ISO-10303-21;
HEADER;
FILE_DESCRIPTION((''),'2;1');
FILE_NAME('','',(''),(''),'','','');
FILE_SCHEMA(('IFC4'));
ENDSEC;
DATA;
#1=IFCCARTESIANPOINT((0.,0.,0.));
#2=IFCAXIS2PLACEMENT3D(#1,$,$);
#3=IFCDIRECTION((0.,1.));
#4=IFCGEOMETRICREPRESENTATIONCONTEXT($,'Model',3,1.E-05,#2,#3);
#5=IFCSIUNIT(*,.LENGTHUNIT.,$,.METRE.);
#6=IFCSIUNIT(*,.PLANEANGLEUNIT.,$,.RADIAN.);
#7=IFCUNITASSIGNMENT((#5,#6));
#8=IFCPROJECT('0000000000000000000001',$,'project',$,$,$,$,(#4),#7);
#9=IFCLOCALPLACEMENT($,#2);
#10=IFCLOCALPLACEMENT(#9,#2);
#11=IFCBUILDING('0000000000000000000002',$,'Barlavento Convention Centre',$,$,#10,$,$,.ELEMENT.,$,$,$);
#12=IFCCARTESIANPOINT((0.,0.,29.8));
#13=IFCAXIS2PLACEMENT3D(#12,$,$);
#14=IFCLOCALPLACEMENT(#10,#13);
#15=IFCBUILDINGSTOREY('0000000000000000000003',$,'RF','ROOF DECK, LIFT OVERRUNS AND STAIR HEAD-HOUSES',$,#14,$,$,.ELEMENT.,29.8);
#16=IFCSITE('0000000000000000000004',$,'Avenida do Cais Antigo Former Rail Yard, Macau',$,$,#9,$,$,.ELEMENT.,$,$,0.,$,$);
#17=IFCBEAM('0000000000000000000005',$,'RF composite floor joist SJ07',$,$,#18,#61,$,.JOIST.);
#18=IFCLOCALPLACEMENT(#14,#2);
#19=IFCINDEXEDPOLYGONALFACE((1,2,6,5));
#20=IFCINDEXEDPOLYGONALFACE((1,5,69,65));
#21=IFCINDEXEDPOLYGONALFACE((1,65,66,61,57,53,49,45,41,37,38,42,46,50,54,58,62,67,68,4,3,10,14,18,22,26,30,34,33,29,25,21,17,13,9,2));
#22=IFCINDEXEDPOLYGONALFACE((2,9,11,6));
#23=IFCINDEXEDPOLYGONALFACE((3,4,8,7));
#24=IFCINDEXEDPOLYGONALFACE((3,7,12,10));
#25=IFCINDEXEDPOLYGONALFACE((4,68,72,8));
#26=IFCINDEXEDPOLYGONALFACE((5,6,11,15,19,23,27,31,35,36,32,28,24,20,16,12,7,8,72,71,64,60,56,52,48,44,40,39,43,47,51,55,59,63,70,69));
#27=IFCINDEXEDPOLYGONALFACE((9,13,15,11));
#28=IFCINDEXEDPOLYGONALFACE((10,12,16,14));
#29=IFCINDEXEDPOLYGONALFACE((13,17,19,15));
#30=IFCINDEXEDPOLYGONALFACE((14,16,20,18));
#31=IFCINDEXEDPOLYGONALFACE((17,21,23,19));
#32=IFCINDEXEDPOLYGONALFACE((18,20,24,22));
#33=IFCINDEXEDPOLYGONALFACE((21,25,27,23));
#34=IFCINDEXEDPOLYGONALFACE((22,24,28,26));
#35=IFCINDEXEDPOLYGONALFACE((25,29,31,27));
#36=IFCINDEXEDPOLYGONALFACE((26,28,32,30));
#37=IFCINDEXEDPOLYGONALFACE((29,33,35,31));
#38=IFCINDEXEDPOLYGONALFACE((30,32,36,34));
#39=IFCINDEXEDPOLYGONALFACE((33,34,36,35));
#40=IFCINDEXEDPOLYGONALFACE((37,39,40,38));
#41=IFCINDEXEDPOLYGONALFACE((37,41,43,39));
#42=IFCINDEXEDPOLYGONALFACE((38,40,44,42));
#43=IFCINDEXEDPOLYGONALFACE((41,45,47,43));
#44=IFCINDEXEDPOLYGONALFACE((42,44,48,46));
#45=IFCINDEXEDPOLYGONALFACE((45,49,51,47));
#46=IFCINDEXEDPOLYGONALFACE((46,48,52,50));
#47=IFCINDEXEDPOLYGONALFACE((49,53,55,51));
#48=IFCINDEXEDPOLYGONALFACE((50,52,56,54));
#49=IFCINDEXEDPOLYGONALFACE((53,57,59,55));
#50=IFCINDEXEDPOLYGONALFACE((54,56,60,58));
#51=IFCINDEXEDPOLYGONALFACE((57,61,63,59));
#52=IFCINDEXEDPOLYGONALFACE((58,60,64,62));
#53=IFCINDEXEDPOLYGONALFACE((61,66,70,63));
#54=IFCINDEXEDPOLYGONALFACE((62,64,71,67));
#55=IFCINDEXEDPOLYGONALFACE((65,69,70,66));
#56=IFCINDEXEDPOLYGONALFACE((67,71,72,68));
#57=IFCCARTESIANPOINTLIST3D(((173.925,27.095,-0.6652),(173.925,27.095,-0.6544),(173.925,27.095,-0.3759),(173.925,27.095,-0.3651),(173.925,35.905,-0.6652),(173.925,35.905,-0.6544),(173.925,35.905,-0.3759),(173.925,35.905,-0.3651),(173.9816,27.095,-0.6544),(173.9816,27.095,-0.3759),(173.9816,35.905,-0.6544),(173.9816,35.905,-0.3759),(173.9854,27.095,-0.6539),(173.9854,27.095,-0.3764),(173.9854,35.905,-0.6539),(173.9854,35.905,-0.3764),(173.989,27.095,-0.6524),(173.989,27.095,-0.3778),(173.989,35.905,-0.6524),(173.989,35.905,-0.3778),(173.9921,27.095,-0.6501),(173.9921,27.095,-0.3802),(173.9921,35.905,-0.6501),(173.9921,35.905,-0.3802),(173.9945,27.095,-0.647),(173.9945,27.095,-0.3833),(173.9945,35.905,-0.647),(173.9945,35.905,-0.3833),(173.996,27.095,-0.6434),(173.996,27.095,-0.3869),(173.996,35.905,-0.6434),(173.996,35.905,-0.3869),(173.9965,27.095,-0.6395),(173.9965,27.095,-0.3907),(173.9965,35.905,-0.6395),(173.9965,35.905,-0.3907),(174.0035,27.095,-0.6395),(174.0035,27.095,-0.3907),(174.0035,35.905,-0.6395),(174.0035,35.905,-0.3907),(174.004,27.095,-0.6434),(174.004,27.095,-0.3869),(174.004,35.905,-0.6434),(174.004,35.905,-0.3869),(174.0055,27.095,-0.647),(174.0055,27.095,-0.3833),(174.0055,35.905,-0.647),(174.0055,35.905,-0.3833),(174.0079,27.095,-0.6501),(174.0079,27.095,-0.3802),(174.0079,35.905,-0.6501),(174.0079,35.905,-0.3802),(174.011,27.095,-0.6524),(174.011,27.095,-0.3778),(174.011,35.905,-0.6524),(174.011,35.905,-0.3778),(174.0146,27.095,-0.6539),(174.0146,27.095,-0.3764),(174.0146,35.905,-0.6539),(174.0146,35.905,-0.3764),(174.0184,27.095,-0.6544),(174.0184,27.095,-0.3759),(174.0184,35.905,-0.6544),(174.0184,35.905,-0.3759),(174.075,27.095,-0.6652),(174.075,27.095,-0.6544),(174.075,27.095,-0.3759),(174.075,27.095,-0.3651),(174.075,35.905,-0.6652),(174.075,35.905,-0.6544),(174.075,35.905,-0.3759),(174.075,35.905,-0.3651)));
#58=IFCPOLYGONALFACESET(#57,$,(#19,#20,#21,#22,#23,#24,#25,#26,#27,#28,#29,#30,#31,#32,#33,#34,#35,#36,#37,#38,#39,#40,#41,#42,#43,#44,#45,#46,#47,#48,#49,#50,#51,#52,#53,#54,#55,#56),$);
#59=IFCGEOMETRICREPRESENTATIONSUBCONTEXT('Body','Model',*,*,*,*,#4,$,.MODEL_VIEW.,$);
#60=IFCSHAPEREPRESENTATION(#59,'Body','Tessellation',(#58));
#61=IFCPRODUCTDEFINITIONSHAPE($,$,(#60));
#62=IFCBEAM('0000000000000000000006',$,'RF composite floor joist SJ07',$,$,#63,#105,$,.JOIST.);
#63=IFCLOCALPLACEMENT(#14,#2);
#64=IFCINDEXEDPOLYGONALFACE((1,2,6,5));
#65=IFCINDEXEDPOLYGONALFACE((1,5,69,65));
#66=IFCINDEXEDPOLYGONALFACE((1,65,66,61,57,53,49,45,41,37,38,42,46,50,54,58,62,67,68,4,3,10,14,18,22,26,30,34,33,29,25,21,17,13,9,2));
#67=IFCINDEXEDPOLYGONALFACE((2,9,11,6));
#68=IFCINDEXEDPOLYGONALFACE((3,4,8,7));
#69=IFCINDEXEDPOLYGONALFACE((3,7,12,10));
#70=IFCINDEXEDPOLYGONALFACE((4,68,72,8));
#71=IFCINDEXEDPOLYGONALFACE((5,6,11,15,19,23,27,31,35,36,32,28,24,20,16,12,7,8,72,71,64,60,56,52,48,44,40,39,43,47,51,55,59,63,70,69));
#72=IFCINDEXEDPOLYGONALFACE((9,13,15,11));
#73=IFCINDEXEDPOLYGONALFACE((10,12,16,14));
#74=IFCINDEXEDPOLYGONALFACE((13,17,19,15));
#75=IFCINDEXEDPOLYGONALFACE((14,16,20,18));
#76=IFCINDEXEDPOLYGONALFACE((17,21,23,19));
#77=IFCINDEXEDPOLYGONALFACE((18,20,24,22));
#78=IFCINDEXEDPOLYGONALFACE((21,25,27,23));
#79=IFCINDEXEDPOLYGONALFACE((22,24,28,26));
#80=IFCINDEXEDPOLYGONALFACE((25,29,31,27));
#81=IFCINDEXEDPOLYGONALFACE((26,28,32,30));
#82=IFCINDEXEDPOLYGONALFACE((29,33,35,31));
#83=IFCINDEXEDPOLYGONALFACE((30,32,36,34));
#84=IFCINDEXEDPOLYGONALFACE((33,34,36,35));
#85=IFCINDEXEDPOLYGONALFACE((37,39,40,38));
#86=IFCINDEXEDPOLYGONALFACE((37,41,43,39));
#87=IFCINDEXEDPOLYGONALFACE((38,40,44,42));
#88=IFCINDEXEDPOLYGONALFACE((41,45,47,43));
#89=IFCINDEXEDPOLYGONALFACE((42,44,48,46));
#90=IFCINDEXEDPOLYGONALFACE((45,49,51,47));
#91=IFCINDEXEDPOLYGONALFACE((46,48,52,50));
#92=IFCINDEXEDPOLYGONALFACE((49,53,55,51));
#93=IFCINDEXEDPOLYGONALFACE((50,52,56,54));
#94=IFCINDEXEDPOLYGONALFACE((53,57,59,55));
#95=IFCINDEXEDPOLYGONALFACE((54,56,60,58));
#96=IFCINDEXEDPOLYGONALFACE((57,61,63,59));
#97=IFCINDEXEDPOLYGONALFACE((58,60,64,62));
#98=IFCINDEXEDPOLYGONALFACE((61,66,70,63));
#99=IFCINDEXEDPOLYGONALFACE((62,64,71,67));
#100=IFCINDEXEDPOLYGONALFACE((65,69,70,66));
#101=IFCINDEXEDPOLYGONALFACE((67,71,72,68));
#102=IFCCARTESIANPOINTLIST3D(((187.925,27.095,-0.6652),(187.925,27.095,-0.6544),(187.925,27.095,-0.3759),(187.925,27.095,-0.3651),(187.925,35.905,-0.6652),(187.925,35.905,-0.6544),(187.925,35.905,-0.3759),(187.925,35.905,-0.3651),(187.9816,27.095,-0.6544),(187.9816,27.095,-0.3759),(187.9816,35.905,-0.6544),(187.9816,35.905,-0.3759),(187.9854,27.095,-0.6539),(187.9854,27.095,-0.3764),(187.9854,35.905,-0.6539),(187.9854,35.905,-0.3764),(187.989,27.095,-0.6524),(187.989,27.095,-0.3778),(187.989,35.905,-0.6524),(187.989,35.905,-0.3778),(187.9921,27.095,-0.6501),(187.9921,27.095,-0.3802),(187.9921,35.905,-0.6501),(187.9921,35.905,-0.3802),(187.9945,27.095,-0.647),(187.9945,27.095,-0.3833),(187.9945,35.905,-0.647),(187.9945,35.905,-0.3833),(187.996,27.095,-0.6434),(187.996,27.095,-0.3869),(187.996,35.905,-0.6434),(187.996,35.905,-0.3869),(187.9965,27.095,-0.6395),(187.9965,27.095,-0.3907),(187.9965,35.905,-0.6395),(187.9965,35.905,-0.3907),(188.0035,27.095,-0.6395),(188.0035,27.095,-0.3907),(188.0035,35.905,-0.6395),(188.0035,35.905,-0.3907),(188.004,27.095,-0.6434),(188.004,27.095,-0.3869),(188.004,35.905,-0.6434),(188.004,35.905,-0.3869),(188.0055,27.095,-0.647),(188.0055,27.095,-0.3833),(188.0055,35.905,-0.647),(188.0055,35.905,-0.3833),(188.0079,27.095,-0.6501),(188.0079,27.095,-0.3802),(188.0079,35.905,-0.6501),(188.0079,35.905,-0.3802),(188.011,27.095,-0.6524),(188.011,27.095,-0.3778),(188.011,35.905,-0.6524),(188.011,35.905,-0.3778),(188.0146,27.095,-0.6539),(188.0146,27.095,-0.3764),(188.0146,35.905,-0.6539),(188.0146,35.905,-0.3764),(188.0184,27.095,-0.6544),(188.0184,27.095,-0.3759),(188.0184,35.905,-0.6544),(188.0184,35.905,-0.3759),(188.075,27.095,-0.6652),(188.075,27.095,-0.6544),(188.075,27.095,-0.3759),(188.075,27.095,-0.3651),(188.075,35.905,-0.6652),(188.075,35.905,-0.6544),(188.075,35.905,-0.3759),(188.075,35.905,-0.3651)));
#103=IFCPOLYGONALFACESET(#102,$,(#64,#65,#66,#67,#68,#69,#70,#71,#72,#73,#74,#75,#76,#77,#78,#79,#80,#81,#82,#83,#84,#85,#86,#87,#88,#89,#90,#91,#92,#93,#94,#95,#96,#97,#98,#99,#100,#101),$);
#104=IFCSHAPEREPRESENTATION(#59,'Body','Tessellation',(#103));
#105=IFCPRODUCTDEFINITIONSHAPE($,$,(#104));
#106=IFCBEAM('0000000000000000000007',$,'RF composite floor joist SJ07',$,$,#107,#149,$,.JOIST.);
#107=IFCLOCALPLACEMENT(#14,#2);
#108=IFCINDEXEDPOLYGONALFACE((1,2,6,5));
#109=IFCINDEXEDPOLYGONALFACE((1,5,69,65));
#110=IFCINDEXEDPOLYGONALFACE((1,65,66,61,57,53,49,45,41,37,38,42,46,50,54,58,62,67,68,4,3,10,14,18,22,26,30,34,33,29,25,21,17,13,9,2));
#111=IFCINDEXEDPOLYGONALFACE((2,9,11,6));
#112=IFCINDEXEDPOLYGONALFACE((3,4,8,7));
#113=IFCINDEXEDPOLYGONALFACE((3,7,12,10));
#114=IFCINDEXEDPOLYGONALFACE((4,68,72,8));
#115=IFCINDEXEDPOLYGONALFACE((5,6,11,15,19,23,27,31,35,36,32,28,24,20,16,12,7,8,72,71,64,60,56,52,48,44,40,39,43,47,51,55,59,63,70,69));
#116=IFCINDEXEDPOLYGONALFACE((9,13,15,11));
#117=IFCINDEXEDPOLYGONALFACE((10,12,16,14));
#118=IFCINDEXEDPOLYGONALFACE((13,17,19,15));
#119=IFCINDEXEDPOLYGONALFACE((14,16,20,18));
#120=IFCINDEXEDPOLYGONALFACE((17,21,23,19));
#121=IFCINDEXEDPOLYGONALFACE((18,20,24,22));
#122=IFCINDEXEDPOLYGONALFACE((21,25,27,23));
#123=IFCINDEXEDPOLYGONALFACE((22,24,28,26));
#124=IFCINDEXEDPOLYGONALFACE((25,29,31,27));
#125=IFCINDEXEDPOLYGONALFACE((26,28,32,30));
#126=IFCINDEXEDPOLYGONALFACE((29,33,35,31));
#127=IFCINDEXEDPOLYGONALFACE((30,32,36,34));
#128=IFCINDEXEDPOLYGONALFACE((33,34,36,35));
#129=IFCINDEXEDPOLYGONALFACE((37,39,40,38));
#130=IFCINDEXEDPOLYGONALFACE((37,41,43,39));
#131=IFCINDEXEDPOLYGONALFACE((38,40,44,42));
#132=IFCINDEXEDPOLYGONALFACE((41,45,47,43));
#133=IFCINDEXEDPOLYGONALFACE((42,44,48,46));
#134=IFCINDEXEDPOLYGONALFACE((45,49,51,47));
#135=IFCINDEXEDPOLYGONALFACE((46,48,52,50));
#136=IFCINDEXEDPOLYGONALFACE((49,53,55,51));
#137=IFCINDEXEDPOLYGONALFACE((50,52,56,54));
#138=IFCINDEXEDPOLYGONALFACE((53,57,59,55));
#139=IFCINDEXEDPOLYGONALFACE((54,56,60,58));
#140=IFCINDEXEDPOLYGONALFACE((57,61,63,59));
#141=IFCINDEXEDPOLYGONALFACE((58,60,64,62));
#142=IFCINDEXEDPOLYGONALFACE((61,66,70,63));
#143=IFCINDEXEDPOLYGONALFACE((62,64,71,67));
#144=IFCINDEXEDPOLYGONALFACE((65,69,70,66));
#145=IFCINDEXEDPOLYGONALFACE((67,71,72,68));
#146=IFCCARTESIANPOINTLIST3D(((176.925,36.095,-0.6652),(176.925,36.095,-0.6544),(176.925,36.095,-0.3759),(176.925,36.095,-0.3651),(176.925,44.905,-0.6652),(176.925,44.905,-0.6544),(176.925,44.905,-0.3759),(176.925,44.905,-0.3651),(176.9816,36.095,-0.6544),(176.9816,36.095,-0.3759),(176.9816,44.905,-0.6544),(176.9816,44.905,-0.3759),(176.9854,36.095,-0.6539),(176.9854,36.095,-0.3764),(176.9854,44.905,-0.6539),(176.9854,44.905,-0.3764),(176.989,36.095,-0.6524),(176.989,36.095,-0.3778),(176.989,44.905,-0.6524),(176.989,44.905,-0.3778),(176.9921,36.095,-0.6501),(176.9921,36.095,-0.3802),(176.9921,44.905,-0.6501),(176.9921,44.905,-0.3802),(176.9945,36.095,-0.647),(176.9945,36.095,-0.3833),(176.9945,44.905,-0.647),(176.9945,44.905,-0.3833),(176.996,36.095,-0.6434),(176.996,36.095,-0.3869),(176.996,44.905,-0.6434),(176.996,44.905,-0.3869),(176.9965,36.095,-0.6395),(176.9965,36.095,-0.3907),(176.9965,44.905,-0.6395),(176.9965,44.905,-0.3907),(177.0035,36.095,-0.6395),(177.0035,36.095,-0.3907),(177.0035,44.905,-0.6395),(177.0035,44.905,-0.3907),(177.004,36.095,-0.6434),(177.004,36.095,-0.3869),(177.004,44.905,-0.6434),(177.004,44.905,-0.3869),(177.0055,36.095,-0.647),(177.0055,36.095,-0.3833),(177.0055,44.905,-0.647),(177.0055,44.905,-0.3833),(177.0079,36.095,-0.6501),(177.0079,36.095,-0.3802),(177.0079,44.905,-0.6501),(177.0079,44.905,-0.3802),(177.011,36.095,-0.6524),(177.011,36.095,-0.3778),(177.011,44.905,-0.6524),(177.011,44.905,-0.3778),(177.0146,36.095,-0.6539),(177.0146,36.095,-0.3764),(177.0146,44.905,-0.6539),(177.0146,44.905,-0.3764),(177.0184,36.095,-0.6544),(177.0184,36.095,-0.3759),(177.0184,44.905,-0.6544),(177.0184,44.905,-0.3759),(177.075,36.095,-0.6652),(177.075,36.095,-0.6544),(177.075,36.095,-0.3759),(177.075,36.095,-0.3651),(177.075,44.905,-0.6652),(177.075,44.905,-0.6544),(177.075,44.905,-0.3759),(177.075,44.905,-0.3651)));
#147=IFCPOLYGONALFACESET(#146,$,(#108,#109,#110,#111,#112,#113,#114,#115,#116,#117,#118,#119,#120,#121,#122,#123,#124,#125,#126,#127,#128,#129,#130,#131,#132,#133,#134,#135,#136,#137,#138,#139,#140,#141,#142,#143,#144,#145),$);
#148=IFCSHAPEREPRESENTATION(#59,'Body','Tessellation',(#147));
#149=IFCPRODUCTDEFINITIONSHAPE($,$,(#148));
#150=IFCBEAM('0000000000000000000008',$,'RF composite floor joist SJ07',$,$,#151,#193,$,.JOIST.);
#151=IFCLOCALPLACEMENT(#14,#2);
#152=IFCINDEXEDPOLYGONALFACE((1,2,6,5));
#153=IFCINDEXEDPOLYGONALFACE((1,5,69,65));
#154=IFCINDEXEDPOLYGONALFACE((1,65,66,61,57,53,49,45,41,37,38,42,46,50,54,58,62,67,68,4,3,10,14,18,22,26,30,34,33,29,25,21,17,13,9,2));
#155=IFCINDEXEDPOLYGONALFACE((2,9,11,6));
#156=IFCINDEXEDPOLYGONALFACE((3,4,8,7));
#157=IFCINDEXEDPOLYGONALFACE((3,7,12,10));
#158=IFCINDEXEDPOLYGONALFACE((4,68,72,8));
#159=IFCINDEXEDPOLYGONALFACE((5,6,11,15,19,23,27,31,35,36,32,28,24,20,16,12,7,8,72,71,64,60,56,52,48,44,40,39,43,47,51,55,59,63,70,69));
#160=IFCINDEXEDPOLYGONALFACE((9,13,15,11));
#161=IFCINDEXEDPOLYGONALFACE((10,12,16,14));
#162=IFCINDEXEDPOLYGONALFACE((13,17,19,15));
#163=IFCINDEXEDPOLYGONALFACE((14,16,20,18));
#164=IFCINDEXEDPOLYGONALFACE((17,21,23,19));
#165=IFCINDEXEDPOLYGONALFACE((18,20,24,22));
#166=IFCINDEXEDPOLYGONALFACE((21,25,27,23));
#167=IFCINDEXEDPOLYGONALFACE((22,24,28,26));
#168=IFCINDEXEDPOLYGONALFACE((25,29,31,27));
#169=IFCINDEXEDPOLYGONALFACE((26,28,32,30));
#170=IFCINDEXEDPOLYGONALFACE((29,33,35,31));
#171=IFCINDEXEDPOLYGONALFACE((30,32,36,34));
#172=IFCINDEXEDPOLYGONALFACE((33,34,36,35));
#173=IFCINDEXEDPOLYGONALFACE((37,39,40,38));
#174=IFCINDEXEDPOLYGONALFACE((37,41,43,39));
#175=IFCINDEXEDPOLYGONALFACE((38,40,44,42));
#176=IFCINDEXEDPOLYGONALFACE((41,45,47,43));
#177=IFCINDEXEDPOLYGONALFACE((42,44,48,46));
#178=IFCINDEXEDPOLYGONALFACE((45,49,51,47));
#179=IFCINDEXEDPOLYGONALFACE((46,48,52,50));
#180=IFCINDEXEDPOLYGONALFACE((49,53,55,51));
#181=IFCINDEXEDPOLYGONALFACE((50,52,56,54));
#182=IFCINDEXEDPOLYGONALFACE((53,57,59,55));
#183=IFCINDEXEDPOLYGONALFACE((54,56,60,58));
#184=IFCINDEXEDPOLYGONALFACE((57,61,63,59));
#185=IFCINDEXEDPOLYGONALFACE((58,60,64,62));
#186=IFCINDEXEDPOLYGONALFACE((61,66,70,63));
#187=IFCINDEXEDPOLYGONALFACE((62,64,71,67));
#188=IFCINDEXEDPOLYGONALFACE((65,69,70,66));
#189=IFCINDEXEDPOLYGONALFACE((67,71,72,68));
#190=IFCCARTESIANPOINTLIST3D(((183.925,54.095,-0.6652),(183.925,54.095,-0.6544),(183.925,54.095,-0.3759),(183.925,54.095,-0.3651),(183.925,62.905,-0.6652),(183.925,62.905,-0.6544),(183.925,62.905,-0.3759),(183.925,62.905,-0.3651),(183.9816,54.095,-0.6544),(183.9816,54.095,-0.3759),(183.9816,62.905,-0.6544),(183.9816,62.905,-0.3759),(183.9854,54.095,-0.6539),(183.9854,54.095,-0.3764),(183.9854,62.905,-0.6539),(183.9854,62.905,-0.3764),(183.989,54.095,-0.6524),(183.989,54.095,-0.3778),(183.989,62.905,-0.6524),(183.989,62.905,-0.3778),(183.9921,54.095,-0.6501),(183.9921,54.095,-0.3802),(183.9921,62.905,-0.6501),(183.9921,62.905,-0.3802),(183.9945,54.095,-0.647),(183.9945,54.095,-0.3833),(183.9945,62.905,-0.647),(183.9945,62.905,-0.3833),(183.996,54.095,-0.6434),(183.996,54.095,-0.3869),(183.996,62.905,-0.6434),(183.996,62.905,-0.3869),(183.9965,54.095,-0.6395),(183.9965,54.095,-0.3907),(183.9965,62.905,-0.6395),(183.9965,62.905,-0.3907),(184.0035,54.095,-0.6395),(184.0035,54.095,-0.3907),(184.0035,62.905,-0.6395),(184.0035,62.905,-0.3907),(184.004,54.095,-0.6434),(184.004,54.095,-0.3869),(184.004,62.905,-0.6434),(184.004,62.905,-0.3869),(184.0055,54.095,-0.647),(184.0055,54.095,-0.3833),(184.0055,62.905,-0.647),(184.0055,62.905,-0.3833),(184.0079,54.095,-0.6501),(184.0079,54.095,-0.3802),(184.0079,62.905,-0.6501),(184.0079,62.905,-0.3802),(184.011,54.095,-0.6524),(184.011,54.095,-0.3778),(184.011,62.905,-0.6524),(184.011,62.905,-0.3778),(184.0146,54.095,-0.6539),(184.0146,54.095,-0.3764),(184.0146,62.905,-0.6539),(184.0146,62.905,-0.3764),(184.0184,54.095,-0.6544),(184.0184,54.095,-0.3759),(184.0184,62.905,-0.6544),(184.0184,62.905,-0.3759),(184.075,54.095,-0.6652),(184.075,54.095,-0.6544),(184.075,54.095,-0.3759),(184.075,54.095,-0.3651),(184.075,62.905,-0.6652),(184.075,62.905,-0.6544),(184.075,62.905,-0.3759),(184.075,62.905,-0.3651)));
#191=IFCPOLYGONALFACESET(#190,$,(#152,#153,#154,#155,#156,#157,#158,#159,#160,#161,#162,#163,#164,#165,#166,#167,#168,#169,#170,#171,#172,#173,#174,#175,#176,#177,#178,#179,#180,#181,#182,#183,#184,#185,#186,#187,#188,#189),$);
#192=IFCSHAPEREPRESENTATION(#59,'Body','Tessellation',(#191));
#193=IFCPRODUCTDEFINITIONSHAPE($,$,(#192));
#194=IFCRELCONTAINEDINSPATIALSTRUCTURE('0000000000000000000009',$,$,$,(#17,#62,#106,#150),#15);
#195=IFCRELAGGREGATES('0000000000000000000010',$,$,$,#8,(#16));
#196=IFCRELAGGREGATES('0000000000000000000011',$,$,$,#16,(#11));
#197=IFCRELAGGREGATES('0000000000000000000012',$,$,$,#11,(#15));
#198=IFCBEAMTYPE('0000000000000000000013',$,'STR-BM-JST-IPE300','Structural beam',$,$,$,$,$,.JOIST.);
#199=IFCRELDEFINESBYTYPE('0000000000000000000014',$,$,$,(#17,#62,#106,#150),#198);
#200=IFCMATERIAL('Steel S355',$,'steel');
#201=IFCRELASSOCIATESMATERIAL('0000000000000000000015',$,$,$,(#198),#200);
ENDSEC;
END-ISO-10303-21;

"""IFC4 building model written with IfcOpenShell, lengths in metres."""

from ifc_helpers import new_model, si_unit, direction, frame, origin, origin_2d, place, context, subcontext, project, spatial, i_section, extrude, material, material_profile, profile_set, type_object, element, save


model = new_model("IFC4")

# Units and contexts
model_context = context("Model", 3, precision=1e-05, world=origin(), true_north=direction((0.0, 1.0)))
body_context = subcontext(model_context, "Body", "Model", "MODEL_VIEW")
ifc_project = project(units=[si_unit("LENGTHUNIT", "METRE"), si_unit("PLANEANGLEUNIT", "RADIAN")], contexts=[model_context])

# Site, building, storey
site_placement = place(None, origin())
site = spatial("IfcSite", under=ifc_project, at=site_placement, Name="Avenida do Cais Antigo Former Rail Yard, Macau", CompositionType="ELEMENT", RefElevation=0.0)
building_placement = place(site_placement, origin())
building = spatial("IfcBuilding", under=site, at=building_placement, Name="Barlavento Convention Centre", CompositionType="ELEMENT")
storey_placement = place(building_placement, frame((0.0, 0.0, 29.8)))
storey = spatial("IfcBuildingStorey", under=building, at=storey_placement, Name="RF", Description="ROOF DECK, LIFT OVERRUNS AND STAIR HEAD-HOUSES", CompositionType="ELEMENT", Elevation=29.8)

# Beams
ifc_material_1 = material(Name="Steel S355", Category="steel")
ifc_material_profile_1 = material_profile(ifc_material_1, i_section(OverallWidth=0.1499, OverallDepth=0.3, WebThickness=0.0071, FlangeThickness=0.0107, FilletRadius=0.0149, at=origin_2d()), Name="IPE 300")
ifc_profile_set_1 = profile_set([ifc_material_profile_1], Name="Steel S355")
beam_type_1 = type_object("IfcBeamType", Name="STR-BM-JST-IPE300", Description="Structural beam", PredefinedType="JOIST", material=ifc_profile_set_1)
for number, where, z_axis, x_axis, name in (
    (1, (174.0, 27.095, -0.5151), (0.0, 1.0, 0.0), (-1.0, 0.0, 0.0), "RF composite floor joist SJ07"),
    (2, (188.0, 27.095, -0.5151), (0.0, 1.0, 0.0), (-1.0, 0.0, 0.0), "RF composite floor joist SJ07"),
    (3, (177.0, 36.095, -0.5151), (0.0, 1.0, 0.0), (-1.0, 0.0, 0.0), "RF composite floor joist SJ07"),
    (4, (184.0, 54.095, -0.5151), (0.0, 1.0, 0.0), (-1.0, 0.0, 0.0), "RF composite floor joist SJ07"),
):
    element("IfcBeam", number, at=place(storey_placement, frame(where, z_axis=z_axis, x_axis=x_axis)), inside=storey, type_object=beam_type_1, Name=name, PredefinedType="JOIST", context=body_context, shape_type="SweptSolid", body=[
        extrude(i_section(OverallWidth=0.1499, OverallDepth=0.3, WebThickness=0.0071, FlangeThickness=0.0107, FilletRadius=0.0149, at=origin_2d()), origin(), (0.0, 0.0, 1.0), 8.8101),
    ])

save(model, "model.ifc")
